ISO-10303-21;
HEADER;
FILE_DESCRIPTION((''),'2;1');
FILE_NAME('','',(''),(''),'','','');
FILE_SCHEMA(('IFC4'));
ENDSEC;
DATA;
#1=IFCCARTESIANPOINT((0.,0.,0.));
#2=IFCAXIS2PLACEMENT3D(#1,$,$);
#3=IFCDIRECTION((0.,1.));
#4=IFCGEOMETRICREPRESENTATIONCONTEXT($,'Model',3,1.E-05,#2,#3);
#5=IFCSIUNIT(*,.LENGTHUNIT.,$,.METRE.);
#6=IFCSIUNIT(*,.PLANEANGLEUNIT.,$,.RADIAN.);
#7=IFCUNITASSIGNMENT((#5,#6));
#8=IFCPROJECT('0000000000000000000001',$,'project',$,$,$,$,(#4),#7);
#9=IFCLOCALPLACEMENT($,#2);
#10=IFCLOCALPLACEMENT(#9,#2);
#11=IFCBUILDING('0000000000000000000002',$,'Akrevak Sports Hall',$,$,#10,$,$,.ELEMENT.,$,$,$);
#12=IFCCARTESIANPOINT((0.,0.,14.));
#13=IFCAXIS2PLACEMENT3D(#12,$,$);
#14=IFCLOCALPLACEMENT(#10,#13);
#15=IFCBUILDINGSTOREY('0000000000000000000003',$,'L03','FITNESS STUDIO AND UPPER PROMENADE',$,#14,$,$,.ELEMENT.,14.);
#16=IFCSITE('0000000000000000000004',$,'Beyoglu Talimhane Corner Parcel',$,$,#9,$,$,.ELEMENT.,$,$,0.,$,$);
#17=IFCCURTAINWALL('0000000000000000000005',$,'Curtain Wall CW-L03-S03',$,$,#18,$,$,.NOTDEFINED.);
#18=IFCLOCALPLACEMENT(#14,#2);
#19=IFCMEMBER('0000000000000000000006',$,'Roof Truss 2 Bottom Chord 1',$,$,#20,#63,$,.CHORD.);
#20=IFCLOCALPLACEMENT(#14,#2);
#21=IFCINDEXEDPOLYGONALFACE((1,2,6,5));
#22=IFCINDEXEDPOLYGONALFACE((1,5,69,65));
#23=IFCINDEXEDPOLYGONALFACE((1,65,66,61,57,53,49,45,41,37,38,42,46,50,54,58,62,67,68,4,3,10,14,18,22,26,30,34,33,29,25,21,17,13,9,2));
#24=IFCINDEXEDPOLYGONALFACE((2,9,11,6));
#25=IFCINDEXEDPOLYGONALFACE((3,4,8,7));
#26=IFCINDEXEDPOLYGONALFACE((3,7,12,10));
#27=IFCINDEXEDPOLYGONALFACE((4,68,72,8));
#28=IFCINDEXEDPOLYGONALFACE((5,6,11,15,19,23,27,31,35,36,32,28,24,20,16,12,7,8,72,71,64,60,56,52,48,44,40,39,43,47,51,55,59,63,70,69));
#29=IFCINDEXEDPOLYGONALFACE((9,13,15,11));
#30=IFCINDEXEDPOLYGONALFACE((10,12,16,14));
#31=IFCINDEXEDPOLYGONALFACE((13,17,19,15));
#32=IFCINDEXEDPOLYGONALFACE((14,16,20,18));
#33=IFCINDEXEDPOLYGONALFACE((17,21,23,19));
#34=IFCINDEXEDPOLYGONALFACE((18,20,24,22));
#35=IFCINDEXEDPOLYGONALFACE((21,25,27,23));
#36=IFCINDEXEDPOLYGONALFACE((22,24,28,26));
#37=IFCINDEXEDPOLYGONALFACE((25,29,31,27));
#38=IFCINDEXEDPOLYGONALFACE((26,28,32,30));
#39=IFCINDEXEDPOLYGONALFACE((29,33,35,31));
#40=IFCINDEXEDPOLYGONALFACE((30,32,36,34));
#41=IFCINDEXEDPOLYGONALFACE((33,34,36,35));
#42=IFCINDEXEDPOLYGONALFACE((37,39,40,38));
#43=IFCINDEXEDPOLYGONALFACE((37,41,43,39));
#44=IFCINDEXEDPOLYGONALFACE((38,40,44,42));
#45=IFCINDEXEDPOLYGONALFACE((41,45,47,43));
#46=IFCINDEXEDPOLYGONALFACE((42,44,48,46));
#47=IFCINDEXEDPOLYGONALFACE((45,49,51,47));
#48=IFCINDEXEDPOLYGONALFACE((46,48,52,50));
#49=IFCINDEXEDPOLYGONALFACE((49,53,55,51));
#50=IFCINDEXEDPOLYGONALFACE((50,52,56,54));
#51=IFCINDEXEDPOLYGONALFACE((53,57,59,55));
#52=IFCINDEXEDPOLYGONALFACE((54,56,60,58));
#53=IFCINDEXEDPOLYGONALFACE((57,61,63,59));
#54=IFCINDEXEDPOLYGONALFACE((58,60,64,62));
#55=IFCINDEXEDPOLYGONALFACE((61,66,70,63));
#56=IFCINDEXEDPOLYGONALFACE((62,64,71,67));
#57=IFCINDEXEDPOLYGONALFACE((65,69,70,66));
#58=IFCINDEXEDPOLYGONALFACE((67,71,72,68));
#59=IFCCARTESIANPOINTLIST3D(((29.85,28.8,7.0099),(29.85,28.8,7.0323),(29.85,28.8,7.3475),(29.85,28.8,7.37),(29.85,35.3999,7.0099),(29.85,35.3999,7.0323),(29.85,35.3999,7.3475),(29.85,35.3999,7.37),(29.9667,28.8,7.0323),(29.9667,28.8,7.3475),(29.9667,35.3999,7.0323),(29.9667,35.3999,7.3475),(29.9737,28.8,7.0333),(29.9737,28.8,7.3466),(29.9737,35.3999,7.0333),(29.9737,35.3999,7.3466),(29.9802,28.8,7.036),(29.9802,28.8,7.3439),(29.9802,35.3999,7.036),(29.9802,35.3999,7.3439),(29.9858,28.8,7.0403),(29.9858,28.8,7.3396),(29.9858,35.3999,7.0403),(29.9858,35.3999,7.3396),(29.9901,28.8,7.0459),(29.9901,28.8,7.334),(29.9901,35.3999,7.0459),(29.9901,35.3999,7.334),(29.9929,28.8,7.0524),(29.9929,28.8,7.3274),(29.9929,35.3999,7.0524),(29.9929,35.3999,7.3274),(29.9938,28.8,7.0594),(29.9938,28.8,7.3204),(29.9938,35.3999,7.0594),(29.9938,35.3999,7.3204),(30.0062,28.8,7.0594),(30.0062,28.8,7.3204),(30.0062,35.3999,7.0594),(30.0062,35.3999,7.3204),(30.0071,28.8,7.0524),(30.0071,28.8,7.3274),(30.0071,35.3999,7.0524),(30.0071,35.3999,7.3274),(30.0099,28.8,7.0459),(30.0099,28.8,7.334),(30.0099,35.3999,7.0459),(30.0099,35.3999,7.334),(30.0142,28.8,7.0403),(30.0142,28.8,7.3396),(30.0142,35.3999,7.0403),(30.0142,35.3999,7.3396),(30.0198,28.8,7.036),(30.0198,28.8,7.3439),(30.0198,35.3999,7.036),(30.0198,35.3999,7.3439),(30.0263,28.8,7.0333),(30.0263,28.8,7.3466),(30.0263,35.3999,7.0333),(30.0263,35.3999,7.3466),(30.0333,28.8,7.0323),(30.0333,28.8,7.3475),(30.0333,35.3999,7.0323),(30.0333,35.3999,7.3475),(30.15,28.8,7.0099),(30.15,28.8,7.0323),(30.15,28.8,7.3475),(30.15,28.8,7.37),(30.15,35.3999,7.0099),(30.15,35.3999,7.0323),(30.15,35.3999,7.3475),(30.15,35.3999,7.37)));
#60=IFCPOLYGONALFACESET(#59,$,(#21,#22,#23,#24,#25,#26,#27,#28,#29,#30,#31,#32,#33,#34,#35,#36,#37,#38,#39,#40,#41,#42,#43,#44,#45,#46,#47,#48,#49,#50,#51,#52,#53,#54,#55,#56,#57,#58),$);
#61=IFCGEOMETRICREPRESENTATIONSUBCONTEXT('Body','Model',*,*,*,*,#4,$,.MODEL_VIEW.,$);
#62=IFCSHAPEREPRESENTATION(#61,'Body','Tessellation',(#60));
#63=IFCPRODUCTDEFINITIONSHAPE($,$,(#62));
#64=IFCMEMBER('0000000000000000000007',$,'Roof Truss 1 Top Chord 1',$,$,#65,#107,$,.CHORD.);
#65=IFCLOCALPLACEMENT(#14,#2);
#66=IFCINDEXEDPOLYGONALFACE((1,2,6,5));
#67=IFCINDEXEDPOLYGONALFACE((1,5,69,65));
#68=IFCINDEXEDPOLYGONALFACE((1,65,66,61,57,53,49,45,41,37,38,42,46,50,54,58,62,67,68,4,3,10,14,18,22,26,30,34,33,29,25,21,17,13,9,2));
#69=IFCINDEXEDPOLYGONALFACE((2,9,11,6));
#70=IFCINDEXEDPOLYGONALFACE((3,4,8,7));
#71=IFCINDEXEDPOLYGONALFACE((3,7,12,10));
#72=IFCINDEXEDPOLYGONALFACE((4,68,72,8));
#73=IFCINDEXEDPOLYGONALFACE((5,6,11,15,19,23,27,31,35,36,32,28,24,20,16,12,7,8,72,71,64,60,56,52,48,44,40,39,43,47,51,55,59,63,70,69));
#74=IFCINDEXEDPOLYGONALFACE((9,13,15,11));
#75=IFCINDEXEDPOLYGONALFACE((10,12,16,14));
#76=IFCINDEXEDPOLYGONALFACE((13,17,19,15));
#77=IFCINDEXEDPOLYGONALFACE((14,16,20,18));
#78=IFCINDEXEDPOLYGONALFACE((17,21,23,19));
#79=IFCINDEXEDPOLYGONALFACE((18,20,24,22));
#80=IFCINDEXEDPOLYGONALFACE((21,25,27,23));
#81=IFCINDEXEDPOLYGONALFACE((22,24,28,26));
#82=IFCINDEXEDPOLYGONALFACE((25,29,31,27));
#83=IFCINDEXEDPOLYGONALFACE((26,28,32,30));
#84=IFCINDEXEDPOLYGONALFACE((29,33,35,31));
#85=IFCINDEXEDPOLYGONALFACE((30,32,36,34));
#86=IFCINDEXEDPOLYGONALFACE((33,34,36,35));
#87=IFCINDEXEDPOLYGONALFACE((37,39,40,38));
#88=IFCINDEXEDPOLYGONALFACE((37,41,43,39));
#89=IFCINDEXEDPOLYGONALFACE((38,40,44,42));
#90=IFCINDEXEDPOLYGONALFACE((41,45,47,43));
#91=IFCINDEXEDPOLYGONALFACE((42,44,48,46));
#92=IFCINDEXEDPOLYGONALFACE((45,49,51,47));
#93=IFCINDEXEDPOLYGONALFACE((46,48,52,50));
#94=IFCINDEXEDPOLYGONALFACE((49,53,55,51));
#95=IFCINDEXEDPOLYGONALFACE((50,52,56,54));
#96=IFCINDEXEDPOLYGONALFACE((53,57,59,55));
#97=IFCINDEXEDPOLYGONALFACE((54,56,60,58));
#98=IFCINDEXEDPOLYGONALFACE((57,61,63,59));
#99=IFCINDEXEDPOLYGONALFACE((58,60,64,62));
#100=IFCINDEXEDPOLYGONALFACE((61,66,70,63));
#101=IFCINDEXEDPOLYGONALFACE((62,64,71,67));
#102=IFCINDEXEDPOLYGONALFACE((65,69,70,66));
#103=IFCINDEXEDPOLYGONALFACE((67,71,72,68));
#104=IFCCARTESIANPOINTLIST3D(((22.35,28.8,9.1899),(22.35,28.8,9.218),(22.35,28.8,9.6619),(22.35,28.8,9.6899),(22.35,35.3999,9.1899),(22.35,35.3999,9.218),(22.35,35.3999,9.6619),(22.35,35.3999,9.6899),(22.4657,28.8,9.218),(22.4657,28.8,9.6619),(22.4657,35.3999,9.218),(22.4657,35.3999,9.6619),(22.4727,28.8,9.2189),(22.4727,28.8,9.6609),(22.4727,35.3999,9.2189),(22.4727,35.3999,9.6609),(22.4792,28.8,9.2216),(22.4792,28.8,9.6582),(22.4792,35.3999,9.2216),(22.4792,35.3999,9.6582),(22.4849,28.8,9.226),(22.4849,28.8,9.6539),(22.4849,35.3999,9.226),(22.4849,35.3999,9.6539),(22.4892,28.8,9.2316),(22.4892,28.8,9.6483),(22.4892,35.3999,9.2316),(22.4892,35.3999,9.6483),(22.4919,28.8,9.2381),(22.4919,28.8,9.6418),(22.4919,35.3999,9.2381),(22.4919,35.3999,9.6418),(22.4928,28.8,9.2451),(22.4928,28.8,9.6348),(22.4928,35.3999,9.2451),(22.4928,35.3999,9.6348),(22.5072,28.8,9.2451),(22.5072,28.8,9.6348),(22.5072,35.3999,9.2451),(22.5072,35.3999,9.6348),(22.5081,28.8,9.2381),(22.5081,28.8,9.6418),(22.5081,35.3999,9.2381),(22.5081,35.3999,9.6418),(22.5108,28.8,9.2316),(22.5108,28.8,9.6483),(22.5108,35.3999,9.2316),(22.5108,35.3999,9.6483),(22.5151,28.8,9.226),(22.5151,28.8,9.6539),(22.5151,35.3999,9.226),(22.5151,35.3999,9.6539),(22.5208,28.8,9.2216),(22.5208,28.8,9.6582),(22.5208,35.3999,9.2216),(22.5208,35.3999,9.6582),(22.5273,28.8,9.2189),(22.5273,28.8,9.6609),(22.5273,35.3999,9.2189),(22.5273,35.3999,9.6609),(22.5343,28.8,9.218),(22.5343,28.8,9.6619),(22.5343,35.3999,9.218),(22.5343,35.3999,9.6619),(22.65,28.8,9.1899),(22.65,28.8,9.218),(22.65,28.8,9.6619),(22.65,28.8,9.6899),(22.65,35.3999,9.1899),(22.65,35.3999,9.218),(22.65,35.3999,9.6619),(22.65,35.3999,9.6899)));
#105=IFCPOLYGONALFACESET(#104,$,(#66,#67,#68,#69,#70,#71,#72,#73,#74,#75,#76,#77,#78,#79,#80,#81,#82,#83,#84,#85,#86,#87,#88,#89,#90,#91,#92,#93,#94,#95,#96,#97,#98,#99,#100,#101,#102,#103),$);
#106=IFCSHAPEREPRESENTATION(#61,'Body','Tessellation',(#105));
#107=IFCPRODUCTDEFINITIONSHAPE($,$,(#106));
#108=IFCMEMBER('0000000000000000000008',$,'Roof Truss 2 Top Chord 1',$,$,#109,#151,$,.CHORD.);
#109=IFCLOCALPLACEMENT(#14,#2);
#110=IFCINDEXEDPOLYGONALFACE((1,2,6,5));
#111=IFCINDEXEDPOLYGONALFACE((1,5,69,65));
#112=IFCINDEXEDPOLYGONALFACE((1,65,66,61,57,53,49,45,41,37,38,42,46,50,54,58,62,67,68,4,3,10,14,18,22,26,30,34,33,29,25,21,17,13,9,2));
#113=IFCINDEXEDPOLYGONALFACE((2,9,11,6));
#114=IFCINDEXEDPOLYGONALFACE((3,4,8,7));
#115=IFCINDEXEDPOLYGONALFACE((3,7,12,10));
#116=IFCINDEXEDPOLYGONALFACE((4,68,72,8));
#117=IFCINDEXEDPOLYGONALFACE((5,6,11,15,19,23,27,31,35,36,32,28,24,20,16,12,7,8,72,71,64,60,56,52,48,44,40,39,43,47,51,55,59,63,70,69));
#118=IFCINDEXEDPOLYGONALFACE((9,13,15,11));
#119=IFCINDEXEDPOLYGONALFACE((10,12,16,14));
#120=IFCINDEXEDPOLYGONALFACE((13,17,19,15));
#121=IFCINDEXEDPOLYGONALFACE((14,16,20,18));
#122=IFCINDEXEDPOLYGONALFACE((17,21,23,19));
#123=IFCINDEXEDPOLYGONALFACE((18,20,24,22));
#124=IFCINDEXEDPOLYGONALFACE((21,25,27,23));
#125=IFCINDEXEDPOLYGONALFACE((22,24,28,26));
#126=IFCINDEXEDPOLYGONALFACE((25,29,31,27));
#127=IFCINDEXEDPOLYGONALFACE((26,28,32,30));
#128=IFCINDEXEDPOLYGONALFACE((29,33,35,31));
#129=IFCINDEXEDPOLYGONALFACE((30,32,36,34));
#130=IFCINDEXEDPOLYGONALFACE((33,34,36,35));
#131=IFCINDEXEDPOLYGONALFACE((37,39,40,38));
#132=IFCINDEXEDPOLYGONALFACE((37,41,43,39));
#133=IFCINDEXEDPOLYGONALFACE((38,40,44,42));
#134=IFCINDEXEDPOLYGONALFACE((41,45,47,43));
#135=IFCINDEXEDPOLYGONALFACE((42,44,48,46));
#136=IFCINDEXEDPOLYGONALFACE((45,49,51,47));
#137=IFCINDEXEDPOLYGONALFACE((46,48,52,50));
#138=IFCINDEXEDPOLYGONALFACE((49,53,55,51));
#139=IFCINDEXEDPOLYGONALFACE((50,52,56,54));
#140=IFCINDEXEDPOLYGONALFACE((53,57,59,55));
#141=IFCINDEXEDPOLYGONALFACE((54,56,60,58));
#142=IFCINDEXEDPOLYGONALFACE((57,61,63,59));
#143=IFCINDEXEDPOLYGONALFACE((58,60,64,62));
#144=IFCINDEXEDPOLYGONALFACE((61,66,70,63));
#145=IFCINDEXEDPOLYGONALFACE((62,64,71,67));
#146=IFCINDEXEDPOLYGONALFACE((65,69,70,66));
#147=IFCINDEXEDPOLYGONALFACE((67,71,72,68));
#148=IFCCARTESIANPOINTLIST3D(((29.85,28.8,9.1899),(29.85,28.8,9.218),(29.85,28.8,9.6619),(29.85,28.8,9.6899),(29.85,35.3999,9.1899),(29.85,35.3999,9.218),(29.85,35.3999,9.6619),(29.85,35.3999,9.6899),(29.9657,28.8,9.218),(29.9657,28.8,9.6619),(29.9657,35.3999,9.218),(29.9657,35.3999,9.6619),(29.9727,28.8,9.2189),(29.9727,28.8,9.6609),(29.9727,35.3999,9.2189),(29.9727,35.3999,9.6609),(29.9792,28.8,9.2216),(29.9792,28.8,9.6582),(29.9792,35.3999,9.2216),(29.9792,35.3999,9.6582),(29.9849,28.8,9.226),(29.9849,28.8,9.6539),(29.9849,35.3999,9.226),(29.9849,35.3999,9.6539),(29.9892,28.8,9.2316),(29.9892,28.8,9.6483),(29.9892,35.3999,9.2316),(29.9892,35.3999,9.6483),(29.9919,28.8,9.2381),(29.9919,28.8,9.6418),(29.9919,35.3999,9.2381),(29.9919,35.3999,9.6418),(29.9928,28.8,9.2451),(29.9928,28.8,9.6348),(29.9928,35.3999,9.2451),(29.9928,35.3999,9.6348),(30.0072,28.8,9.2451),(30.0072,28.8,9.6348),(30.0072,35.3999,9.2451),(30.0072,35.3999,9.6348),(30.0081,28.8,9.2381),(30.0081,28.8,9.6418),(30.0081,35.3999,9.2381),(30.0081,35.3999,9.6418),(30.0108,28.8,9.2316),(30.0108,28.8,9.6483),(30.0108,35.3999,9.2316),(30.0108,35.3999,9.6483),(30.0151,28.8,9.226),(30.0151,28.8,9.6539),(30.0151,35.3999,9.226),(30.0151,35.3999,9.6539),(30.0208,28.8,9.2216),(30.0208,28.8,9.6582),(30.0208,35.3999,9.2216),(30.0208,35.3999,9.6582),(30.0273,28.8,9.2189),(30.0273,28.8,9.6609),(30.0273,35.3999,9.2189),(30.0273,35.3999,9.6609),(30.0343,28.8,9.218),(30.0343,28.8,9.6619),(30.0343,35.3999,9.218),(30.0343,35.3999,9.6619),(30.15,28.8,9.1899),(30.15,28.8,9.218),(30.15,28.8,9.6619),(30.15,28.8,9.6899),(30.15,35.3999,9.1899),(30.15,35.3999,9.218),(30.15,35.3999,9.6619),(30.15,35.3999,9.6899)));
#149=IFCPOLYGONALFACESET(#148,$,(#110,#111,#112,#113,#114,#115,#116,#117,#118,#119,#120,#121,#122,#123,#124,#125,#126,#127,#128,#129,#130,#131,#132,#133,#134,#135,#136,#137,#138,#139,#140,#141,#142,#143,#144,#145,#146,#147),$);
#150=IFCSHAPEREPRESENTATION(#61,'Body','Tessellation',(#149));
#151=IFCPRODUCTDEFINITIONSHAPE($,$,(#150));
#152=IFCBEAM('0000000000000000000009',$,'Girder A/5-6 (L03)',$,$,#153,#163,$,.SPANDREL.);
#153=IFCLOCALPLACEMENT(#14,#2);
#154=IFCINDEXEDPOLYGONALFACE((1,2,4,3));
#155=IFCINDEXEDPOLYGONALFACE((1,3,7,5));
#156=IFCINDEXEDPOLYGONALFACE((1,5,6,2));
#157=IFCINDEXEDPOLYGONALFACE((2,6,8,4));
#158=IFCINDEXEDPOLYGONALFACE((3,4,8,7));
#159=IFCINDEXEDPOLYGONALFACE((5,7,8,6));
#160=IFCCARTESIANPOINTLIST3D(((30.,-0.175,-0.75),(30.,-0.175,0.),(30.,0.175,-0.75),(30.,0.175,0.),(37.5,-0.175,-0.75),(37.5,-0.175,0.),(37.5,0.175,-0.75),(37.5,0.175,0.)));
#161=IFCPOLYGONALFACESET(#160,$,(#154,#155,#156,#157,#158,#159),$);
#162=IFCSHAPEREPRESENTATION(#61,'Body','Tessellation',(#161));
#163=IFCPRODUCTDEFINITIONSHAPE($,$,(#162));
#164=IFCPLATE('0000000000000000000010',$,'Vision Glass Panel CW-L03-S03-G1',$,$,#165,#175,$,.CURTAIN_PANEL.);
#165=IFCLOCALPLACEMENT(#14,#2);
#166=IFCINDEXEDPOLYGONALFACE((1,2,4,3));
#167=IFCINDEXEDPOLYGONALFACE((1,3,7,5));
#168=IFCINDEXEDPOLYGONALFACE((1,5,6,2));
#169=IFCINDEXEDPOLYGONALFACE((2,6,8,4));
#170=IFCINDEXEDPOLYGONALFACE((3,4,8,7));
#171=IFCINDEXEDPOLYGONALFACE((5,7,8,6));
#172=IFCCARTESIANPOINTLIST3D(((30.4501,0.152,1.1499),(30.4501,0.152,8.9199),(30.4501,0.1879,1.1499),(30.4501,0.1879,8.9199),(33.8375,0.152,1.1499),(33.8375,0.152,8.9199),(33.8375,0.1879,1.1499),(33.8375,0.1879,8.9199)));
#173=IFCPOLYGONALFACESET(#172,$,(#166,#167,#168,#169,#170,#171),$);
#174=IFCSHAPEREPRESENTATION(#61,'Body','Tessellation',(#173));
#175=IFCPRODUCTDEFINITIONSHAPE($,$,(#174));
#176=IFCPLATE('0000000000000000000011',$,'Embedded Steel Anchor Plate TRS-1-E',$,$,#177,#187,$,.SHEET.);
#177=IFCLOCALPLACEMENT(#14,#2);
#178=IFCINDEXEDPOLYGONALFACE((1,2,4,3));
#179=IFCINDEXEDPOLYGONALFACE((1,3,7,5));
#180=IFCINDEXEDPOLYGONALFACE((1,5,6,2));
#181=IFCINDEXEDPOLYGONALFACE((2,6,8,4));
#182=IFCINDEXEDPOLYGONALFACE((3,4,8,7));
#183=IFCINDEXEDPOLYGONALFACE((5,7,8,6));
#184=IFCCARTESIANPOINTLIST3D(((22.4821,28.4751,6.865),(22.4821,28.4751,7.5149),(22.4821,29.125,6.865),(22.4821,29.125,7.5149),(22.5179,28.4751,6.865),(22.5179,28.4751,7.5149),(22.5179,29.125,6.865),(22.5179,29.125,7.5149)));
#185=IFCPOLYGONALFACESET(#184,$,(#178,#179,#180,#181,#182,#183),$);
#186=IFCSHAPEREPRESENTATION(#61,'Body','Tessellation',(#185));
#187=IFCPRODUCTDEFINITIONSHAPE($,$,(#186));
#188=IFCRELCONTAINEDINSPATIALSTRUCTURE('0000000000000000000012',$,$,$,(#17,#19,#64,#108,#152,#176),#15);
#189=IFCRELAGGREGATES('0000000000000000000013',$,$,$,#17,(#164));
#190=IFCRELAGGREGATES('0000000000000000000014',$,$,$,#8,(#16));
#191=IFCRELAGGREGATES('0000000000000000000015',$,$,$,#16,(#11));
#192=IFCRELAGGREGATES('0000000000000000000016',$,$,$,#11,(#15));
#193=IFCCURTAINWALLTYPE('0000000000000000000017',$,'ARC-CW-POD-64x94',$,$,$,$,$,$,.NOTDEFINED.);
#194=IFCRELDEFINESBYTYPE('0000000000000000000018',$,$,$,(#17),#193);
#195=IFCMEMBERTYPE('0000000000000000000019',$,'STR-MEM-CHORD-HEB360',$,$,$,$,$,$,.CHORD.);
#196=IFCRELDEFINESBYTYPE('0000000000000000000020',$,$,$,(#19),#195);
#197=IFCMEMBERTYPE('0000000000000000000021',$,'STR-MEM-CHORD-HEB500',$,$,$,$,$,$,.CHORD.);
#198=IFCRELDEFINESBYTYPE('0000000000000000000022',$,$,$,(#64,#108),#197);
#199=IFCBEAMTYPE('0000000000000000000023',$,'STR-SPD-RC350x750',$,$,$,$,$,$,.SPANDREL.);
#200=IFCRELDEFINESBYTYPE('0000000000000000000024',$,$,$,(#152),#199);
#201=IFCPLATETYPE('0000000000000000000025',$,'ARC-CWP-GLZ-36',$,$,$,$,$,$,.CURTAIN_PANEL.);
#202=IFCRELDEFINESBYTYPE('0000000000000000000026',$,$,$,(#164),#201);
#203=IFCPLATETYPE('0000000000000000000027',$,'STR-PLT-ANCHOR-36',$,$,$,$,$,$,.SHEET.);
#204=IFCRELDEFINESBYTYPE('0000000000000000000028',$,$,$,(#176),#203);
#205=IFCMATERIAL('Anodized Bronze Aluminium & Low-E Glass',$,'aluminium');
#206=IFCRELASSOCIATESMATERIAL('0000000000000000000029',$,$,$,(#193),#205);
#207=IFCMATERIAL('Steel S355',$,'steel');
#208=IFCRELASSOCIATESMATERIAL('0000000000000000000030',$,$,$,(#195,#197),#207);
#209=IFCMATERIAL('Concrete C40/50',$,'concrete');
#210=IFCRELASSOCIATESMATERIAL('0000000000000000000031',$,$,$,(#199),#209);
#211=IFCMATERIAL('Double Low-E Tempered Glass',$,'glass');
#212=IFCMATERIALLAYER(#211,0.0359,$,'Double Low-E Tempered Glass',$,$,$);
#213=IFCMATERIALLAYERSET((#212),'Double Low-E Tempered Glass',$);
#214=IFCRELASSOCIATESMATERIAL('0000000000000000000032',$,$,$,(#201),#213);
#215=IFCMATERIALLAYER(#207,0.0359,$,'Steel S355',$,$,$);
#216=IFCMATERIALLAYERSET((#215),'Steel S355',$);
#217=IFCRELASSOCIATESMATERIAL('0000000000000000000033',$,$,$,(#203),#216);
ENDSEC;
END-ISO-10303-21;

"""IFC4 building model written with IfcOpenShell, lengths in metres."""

from ifc_helpers import new_model, si_unit, direction, frame, origin, origin_2d, place, context, subcontext, project, spatial, rectangle, i_section, extrude, material, layer, layer_set, material_profile, profile_set, type_object, element, aggregate, save


model = new_model("IFC4")

# Units and contexts
model_context = context("Model", 3, precision=1e-05, world=origin(), true_north=direction((0.0, 1.0)))
body_context = subcontext(model_context, "Body", "Model", "MODEL_VIEW")
ifc_project = project(units=[si_unit("LENGTHUNIT", "METRE"), si_unit("PLANEANGLEUNIT", "RADIAN")], contexts=[model_context])

# Site, building, storey
site_placement = place(None, origin())
site = spatial("IfcSite", under=ifc_project, at=site_placement, Name="Beyoglu Talimhane Corner Parcel", CompositionType="ELEMENT", RefElevation=0.0)
building_placement = place(site_placement, origin())
building = spatial("IfcBuilding", under=site, at=building_placement, Name="Akrevak Sports Hall", CompositionType="ELEMENT")
storey_placement = place(building_placement, frame((0.0, 0.0, 14.0)))
storey = spatial("IfcBuildingStorey", under=building, at=storey_placement, Name="L03", Description="FITNESS STUDIO AND UPPER PROMENADE", CompositionType="ELEMENT", Elevation=14.0)

# Shared definitions
ifc_material_1 = material(Name="Concrete C40/50", Category="concrete")

# Curtain wall
ifc_material_2 = material(Name="Anodized Bronze Aluminium & Low-E Glass", Category="aluminium")
curtain_wall_type = type_object("IfcCurtainWallType", Name="ARC-CW-POD-64x94", PredefinedType="NOTDEFINED", material=ifc_material_2)
curtain_wall_placement = place(storey_placement, origin())
curtain_wall = element("IfcCurtainWall", 1, at=curtain_wall_placement, inside=storey, type_object=curtain_wall_type, Name="Curtain Wall CW-L03-S03", PredefinedType="NOTDEFINED")

# Shared definitions
ifc_material_3 = material(Name="Steel S355", Category="steel")

# Members
ifc_material_profile_1 = material_profile(ifc_material_3, i_section(OverallWidth=0.3, OverallDepth=0.3601, WebThickness=0.0125, FlangeThickness=0.0225, FilletRadius=0.0271, at=origin_2d()), Name="HEB 360", Category="steel")
ifc_profile_set_1 = profile_set([ifc_material_profile_1], Name="Steel S355")
member_type_1 = type_object("IfcMemberType", Name="STR-MEM-CHORD-HEB360", PredefinedType="CHORD", material=ifc_profile_set_1)
for number, where, z_axis, x_axis, name in (
    (2, (30.0, 28.8, 7.1899), (0.0, 1.0, 0.0), (-1.0, 0.0, 0.0), "Roof Truss 2 Bottom Chord 1"),
):
    element("IfcMember", number, at=place(storey_placement, frame(where, z_axis=z_axis, x_axis=x_axis)), inside=storey, type_object=member_type_1, Name=name, PredefinedType="CHORD", context=body_context, shape_type="SweptSolid", body=[
        extrude(i_section(OverallWidth=0.3, OverallDepth=0.3601, WebThickness=0.0125, FlangeThickness=0.0225, FilletRadius=0.0271, at=origin_2d()), origin(), (0.0, 0.0, 1.0), 6.5999),
    ])
ifc_material_profile_2 = material_profile(ifc_material_3, i_section(OverallWidth=0.3, OverallDepth=0.5, WebThickness=0.0144, FlangeThickness=0.0281, FilletRadius=0.0271, at=origin_2d()), Name="HEB 500", Category="steel")
ifc_profile_set_2 = profile_set([ifc_material_profile_2], Name="Steel S355")
member_type_2 = type_object("IfcMemberType", Name="STR-MEM-CHORD-HEB500", PredefinedType="CHORD", material=ifc_profile_set_2)
for number, where, z_axis, x_axis, name in (
    (3, (22.5, 28.8, 9.4399), (0.0, 1.0, 0.0), (-1.0, 0.0, 0.0), "Roof Truss 1 Top Chord 1"),
    (4, (30.0, 28.8, 9.4399), (0.0, 1.0, 0.0), (-1.0, 0.0, 0.0), "Roof Truss 2 Top Chord 1"),
):
    element("IfcMember", number, at=place(storey_placement, frame(where, z_axis=z_axis, x_axis=x_axis)), inside=storey, type_object=member_type_2, Name=name, PredefinedType="CHORD", context=body_context, shape_type="SweptSolid", body=[
        extrude(i_section(OverallWidth=0.3, OverallDepth=0.5, WebThickness=0.0144, FlangeThickness=0.0281, FilletRadius=0.0271, at=origin_2d()), origin(), (0.0, 0.0, 1.0), 6.5999),
    ])

# Beam
ifc_material_profile_3 = material_profile(ifc_material_1, rectangle(XDim=0.3501, YDim=0.75, at=origin_2d()), Name="SPD 350x750", Category="concrete")
ifc_profile_set_3 = profile_set([ifc_material_profile_3], Name="Concrete C40/50")
beam_type_1 = type_object("IfcBeamType", Name="STR-SPD-RC350x750", PredefinedType="SPANDREL", material=ifc_profile_set_3)
beam_1_placement = place(storey_placement, frame((30.0, 0.0, -0.375), z_axis=(1.0, 0.0, 0.0), x_axis=(0.0, 1.0, 0.0)))
element("IfcBeam", 5, at=beam_1_placement, inside=storey, type_object=beam_type_1, Name="Girder A/5-6 (L03)", PredefinedType="SPANDREL", context=body_context, shape_type="SweptSolid", body=[
    extrude(rectangle(XDim=0.3501, YDim=0.75, at=origin_2d()), origin(), (0.0, 0.0, 1.0), 7.5),
])

# Plate
ifc_material_4 = material(Name="Double Low-E Tempered Glass", Category="glass")
ifc_layer_1 = layer(ifc_material_4, 0.0359, Name="Double Low-E Tempered Glass")
ifc_layer_set_1 = layer_set([ifc_layer_1], Name="Double Low-E Tempered Glass")
plate_type_1 = type_object("IfcPlateType", Name="ARC-CWP-GLZ-36", PredefinedType="CURTAIN_PANEL", material=ifc_layer_set_1)
plate_placement = place(storey_placement, frame((32.1438, 0.1699, 1.1499), z_axis=(0.0, 0.0, 1.0), x_axis=(1.0, 0.0, 0.0)))
plate = element("IfcPlate", 6, at=plate_placement, type_object=plate_type_1, Name="Vision Glass Panel CW-L03-S03-G1", PredefinedType="CURTAIN_PANEL", context=body_context, shape_type="SweptSolid", body=[
    extrude(rectangle(XDim=3.3875, YDim=0.0359, at=origin_2d()), origin(), (0.0, 0.0, 1.0), 7.77),
])
aggregate(curtain_wall, [plate])

# Plate
ifc_layer_2 = layer(ifc_material_3, 0.0359, Name="Steel S355")
ifc_layer_set_2 = layer_set([ifc_layer_2], Name="Steel S355")
plate_type_2 = type_object("IfcPlateType", Name="STR-PLT-ANCHOR-36", PredefinedType="SHEET", material=ifc_layer_set_2)
for number, where, z_axis, x_axis, name in (
    (7, (22.5, 28.8, 6.865), (0.0, 0.0, 1.0), (0.0, 1.0, 0.0), "Embedded Steel Anchor Plate TRS-1-E"),
):
    element("IfcPlate", number, at=place(storey_placement, frame(where, z_axis=z_axis, x_axis=x_axis)), inside=storey, type_object=plate_type_2, Name=name, PredefinedType="SHEET", context=body_context, shape_type="SweptSolid", body=[
        extrude(rectangle(XDim=0.6499, YDim=0.0359, at=origin_2d()), origin(), (0.0, 0.0, 1.0), 0.6499),
    ])

save(model, "model.ifc")
